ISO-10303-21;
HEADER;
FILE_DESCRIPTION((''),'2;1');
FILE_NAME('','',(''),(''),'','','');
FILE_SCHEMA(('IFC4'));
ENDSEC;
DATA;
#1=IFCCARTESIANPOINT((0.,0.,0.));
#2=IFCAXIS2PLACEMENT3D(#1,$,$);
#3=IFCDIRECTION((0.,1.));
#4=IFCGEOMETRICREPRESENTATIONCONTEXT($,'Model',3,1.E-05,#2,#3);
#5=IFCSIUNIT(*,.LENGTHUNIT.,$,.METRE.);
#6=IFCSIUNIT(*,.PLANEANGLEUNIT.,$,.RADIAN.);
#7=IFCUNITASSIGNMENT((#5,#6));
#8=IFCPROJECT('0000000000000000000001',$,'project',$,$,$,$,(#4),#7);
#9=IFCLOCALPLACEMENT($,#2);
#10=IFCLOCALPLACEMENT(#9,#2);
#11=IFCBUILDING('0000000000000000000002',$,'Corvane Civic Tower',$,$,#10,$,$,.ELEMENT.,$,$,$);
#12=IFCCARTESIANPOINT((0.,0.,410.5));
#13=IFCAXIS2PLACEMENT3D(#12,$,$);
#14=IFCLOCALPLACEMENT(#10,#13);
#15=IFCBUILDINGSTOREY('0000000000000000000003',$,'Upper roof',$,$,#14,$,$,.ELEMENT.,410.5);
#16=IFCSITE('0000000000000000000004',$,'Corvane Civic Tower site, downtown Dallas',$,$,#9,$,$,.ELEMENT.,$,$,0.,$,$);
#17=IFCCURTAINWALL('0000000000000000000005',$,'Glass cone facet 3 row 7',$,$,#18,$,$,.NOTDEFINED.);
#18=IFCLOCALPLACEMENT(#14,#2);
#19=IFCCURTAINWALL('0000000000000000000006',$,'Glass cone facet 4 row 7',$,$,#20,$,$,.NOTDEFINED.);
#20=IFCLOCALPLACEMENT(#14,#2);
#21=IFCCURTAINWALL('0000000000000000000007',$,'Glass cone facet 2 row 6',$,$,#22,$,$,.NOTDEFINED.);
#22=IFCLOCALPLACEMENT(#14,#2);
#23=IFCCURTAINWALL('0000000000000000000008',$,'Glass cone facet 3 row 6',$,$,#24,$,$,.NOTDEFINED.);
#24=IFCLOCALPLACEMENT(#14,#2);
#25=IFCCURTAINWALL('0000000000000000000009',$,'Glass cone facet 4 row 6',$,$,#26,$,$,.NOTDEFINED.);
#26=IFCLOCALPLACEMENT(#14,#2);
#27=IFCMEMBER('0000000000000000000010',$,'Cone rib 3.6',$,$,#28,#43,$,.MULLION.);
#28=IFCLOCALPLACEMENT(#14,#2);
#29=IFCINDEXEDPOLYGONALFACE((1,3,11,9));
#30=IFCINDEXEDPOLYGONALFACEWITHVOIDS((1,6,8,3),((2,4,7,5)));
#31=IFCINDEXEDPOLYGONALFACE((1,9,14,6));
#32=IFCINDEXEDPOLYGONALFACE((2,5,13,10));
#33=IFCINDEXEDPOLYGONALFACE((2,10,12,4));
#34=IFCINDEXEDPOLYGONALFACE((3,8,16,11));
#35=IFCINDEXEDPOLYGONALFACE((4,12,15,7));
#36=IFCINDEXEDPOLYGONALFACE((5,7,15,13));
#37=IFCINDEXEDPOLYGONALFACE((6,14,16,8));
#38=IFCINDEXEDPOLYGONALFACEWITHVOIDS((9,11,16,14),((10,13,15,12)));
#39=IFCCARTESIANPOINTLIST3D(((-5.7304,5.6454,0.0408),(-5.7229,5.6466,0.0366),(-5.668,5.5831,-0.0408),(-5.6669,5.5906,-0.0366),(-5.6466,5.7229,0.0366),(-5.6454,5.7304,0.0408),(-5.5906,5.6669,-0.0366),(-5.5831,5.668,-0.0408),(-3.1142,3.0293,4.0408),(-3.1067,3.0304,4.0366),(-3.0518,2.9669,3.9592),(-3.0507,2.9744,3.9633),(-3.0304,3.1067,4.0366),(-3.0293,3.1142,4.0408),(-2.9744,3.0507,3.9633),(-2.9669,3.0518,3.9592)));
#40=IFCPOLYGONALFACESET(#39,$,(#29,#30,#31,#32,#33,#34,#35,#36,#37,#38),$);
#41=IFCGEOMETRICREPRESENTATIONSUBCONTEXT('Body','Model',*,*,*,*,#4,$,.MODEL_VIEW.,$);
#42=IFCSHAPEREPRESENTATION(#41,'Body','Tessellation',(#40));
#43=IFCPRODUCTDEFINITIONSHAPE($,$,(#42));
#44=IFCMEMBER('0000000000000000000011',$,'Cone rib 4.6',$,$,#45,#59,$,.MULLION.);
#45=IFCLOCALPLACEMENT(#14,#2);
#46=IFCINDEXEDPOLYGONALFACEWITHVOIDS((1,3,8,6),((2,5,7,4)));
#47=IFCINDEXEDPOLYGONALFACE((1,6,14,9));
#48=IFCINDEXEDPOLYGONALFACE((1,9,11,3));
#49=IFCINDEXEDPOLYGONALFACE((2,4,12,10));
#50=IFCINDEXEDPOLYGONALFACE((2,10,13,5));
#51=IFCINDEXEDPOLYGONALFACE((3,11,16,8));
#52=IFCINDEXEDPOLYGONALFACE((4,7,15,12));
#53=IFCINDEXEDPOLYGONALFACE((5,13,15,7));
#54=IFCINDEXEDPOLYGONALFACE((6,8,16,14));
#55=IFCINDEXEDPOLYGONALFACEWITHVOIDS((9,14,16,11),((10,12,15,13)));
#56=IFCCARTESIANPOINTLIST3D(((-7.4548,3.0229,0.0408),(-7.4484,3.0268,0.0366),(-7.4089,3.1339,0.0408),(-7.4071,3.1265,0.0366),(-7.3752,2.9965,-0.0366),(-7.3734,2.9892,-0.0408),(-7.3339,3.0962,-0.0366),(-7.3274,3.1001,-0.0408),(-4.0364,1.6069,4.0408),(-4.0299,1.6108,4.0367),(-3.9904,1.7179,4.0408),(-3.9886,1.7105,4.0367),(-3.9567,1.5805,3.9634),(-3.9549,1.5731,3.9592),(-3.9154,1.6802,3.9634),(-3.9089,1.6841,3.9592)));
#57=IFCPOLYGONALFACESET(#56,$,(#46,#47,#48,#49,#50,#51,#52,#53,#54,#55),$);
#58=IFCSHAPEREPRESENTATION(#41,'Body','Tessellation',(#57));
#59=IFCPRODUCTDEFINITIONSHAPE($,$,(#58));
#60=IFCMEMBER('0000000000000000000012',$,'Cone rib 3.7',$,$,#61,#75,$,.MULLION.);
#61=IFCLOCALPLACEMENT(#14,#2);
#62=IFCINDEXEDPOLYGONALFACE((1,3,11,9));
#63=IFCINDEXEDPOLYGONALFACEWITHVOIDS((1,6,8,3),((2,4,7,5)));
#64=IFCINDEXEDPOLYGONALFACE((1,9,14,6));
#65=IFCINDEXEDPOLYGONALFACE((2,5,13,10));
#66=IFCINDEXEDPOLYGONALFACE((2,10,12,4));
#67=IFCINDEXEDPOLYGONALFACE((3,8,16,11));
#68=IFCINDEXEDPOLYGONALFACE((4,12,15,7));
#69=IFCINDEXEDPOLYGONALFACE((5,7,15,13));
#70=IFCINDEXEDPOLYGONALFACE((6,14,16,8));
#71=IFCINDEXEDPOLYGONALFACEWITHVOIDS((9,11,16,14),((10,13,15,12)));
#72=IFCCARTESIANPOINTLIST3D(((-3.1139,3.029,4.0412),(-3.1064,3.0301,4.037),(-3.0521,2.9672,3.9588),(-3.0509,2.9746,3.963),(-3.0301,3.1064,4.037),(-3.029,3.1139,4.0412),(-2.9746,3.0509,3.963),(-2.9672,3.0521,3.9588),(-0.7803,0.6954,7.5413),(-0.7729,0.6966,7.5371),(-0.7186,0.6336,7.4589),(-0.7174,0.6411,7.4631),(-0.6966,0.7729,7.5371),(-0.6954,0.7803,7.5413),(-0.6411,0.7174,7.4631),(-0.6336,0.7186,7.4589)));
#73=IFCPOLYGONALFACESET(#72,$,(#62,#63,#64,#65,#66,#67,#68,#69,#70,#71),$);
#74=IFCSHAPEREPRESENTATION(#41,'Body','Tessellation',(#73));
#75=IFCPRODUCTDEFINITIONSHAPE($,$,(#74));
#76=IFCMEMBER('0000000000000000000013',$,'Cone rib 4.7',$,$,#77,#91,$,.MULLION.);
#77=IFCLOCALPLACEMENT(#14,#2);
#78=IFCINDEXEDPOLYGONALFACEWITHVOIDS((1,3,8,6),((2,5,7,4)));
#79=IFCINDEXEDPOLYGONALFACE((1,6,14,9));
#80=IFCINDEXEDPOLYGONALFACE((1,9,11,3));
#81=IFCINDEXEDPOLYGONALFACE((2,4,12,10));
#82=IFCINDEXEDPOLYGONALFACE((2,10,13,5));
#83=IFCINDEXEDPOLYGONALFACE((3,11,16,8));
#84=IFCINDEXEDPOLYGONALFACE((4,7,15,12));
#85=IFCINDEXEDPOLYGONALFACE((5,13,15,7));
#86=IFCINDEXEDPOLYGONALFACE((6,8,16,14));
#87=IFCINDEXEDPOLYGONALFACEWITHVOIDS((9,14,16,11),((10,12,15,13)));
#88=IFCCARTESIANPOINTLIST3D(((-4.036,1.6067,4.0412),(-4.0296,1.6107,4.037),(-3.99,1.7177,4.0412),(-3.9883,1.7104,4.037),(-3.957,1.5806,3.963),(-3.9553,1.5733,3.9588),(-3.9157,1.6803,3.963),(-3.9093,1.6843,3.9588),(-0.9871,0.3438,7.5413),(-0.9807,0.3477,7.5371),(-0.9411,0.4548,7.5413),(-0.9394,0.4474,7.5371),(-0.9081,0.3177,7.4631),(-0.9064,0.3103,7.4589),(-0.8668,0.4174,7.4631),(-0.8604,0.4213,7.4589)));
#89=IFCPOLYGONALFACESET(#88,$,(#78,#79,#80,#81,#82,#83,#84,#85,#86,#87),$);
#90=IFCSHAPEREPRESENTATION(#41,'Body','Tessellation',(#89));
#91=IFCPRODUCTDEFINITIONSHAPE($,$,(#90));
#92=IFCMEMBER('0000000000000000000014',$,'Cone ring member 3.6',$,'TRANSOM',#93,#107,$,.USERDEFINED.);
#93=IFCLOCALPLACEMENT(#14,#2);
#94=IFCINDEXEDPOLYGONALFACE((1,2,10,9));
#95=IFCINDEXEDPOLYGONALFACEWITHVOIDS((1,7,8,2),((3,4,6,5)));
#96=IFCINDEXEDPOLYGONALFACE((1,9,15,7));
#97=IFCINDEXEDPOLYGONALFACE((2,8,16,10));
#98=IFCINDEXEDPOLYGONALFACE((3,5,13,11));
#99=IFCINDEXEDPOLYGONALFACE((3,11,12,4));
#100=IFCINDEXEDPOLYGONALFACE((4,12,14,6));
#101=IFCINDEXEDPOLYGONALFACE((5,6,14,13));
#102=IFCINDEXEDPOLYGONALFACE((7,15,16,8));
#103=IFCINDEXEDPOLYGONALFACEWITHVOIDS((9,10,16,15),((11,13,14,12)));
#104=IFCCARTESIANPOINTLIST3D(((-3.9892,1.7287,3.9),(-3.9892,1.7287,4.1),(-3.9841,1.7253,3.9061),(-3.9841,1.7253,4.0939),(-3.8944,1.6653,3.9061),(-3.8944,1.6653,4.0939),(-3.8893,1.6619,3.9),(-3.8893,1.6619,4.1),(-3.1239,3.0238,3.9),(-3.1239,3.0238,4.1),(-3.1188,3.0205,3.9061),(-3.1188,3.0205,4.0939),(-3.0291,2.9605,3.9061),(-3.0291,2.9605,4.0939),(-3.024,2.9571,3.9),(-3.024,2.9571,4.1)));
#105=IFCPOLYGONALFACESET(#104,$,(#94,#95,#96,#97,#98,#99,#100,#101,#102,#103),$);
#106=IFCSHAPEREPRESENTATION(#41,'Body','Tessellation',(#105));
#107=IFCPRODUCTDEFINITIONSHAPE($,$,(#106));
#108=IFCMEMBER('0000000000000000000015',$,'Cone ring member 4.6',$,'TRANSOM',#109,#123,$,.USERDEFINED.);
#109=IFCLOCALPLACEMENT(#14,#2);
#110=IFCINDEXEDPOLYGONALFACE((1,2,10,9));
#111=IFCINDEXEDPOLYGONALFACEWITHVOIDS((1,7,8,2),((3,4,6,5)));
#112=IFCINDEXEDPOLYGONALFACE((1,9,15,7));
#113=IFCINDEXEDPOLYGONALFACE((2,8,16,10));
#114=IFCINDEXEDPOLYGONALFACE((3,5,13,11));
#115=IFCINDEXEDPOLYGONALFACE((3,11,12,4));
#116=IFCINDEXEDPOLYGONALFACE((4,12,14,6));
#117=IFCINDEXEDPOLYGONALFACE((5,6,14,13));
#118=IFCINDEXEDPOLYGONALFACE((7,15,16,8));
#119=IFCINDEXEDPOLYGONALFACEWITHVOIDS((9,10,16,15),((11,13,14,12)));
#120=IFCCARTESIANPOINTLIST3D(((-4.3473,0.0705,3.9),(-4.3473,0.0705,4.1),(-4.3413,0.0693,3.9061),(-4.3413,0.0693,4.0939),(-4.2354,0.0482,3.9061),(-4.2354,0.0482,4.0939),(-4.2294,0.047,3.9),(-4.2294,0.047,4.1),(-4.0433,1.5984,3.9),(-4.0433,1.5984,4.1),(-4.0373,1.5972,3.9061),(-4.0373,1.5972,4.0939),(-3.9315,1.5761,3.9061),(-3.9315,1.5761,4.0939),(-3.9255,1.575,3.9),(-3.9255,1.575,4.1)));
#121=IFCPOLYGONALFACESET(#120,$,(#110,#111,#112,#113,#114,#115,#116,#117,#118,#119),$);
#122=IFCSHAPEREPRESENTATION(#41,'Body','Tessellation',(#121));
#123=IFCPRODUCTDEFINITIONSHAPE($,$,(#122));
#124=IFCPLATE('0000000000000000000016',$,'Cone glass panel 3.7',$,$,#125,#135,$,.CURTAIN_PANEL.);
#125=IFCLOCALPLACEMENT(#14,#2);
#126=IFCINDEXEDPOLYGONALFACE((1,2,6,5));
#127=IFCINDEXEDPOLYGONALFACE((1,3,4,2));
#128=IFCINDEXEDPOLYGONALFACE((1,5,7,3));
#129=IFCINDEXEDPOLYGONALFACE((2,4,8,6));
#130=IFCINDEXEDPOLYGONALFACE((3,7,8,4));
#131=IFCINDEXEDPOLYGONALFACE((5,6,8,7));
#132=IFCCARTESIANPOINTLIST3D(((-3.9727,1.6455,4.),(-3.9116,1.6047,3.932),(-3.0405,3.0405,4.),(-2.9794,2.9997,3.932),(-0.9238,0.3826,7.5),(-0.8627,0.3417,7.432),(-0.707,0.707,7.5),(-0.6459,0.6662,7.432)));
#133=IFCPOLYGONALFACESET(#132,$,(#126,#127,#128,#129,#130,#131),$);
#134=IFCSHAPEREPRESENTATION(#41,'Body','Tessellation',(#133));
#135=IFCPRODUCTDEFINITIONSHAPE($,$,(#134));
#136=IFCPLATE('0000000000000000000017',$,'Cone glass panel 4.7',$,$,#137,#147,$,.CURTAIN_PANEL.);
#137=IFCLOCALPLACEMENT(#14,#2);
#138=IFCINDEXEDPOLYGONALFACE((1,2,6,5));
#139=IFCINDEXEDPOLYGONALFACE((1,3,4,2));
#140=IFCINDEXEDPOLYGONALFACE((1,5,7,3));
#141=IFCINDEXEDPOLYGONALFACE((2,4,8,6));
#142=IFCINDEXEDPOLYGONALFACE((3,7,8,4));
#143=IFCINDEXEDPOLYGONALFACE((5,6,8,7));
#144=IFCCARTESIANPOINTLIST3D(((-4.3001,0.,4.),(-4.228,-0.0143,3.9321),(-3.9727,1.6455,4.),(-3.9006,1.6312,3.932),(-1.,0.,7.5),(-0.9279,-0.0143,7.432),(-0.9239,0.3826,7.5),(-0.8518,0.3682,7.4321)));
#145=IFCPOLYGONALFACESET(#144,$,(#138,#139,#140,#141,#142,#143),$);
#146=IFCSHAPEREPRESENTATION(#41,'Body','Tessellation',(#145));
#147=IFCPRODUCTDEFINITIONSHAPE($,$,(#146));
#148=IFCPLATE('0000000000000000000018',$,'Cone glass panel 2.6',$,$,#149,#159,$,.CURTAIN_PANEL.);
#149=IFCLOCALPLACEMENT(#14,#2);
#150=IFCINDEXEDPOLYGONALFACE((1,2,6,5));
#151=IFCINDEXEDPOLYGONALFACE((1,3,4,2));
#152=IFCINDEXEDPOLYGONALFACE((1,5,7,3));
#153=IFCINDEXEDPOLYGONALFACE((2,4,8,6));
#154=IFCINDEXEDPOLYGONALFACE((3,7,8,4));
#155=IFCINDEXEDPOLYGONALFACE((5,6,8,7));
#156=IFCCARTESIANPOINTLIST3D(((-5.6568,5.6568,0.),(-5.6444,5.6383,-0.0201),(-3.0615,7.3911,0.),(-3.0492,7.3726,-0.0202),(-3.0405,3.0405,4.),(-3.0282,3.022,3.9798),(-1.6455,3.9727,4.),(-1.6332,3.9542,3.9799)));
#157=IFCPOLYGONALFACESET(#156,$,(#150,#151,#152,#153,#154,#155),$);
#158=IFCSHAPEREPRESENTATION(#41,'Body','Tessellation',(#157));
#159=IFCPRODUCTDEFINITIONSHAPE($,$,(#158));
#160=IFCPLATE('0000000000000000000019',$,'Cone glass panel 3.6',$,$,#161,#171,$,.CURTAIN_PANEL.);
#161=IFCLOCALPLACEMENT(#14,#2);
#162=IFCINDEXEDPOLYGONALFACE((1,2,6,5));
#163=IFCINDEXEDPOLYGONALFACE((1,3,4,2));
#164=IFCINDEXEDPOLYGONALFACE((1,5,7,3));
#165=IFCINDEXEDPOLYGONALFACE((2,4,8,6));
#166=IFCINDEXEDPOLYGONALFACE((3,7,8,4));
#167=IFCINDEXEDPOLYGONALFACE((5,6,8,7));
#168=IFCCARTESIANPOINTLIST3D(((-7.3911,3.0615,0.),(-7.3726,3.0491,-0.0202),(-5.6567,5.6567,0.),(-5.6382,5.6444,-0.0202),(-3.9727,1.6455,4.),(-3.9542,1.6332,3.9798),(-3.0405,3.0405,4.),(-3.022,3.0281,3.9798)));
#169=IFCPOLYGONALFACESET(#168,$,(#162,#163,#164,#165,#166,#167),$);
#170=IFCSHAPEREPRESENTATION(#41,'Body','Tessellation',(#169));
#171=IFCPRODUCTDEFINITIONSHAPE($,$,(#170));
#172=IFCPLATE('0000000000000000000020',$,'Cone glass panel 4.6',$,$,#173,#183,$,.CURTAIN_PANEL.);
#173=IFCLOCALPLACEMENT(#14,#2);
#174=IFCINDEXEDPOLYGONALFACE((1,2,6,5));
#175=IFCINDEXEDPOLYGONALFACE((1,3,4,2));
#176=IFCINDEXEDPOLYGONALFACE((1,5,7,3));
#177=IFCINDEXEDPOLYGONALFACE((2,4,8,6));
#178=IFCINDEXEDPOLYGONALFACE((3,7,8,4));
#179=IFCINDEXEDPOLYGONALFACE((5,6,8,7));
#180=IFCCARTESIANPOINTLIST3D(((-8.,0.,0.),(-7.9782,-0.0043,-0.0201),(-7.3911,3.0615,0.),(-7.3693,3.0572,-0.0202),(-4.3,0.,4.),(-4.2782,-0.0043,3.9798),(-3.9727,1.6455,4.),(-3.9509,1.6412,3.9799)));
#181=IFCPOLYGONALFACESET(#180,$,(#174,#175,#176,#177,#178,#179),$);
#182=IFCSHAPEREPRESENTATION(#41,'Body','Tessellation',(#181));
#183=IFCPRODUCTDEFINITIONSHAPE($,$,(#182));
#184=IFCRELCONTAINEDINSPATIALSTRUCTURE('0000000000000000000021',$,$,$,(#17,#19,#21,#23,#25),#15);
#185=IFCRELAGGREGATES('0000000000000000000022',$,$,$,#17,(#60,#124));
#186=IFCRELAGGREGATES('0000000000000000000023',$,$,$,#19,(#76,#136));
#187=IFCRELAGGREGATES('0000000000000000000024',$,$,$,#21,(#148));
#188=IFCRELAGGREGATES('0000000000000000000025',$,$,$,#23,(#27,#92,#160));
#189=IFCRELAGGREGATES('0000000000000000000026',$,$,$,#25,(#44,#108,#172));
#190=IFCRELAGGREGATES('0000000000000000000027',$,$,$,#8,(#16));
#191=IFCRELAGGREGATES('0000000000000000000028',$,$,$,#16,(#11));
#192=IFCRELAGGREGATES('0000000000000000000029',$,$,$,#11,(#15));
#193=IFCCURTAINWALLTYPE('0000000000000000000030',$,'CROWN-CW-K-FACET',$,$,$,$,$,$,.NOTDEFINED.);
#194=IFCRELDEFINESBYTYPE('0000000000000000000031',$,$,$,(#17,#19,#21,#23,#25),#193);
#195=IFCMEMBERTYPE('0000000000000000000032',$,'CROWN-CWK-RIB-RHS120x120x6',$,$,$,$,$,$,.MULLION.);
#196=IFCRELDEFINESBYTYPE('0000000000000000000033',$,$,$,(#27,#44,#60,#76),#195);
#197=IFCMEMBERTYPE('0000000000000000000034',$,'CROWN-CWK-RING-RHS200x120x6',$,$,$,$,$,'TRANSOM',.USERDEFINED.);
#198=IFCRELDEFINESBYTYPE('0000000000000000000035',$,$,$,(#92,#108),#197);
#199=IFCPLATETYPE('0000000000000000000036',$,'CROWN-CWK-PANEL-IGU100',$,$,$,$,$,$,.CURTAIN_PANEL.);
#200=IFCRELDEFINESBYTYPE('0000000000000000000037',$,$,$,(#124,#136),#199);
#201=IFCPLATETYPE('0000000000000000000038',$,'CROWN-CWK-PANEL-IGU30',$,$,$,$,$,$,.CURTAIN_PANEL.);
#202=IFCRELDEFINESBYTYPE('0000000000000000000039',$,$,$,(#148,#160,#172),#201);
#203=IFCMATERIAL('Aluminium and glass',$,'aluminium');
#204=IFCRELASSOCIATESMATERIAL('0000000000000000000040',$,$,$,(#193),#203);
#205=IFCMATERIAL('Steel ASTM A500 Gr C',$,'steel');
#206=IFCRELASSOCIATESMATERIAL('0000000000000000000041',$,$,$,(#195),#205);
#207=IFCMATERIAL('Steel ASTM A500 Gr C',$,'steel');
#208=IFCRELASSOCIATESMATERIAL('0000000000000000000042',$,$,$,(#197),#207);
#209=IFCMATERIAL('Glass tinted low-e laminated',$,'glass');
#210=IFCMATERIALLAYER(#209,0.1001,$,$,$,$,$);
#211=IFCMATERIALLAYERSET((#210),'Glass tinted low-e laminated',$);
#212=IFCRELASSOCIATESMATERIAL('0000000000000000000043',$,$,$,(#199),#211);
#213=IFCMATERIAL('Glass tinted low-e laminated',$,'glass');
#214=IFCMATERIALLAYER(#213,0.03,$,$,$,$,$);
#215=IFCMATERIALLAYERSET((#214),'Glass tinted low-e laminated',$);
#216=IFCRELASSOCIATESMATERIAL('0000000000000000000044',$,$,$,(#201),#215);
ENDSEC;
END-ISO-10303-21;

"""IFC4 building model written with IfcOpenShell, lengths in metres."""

from ifc_helpers import new_model, si_unit, direction, frame, origin, origin_2d, place, context, subcontext, project, spatial, polyline, hollow_rectangle, outline, extrude, material, layer, layer_set, material_profile, profile_set, type_object, element, aggregate, save


model = new_model("IFC4")

# Units and contexts
model_context = context("Model", 3, precision=1e-05, world=origin(), true_north=direction((0.0, 1.0)))
body_context = subcontext(model_context, "Body", "Model", "MODEL_VIEW")
ifc_project = project(units=[si_unit("LENGTHUNIT", "METRE"), si_unit("PLANEANGLEUNIT", "RADIAN")], contexts=[model_context])

# Site, building, storey
site_placement = place(None, origin())
site = spatial("IfcSite", under=ifc_project, at=site_placement, Name="Corvane Civic Tower site, downtown Dallas", CompositionType="ELEMENT", RefElevation=0.0)
building_placement = place(site_placement, origin())
building = spatial("IfcBuilding", under=site, at=building_placement, Name="Corvane Civic Tower", CompositionType="ELEMENT")
storey_placement = place(building_placement, frame((0.0, 0.0, 410.5)))
storey = spatial("IfcBuildingStorey", under=building, at=storey_placement, Name="Upper roof", CompositionType="ELEMENT", Elevation=410.5)

# Curtain walls
ifc_material_1 = material(Name="Aluminium and glass", Category="aluminium")
curtain_wall_type = type_object("IfcCurtainWallType", Name="CROWN-CW-K-FACET", PredefinedType="NOTDEFINED", material=ifc_material_1)
curtain_wall_1_placement = place(storey_placement, origin())
curtain_wall_1 = element("IfcCurtainWall", 1, at=curtain_wall_1_placement, inside=storey, type_object=curtain_wall_type, Name="Glass cone facet 3 row 7", PredefinedType="NOTDEFINED")
curtain_wall_2_placement = place(storey_placement, origin())
curtain_wall_2 = element("IfcCurtainWall", 2, at=curtain_wall_2_placement, inside=storey, type_object=curtain_wall_type, Name="Glass cone facet 4 row 7", PredefinedType="NOTDEFINED")

# Curtain walls
curtain_wall_3_placement = place(storey_placement, origin())
curtain_wall_3 = element("IfcCurtainWall", 3, at=curtain_wall_3_placement, inside=storey, type_object=curtain_wall_type, Name="Glass cone facet 2 row 6", PredefinedType="NOTDEFINED")
curtain_wall_4_placement = place(storey_placement, origin())
curtain_wall_4 = element("IfcCurtainWall", 4, at=curtain_wall_4_placement, inside=storey, type_object=curtain_wall_type, Name="Glass cone facet 3 row 6", PredefinedType="NOTDEFINED")
curtain_wall_5_placement = place(storey_placement, origin())
curtain_wall_5 = element("IfcCurtainWall", 5, at=curtain_wall_5_placement, inside=storey, type_object=curtain_wall_type, Name="Glass cone facet 4 row 6", PredefinedType="NOTDEFINED")

# Members
ifc_material_2 = material(Name="Steel ASTM A500 Gr C", Category="steel")
ifc_material_profile_1 = material_profile(ifc_material_2, hollow_rectangle(XDim=0.1201, YDim=0.1201, WallThickness=0.0061, at=origin_2d()), Name="RHS 120x120x6")
ifc_profile_set_1 = profile_set([ifc_material_profile_1], Name="Steel ASTM A500 Gr C")
member_type_1 = type_object("IfcMemberType", Name="CROWN-CWK-RIB-RHS120x120x6", PredefinedType="MULLION", material=ifc_profile_set_1)
member_1_placement = place(storey_placement, frame((-5.6567, 5.6567, 0.0), z_axis=(0.480147, -0.480147, 0.73411), x_axis=(0.707107, 0.707107, 0.0)))
member_1 = element("IfcMember", 6, at=member_1_placement, type_object=member_type_1, Name="Cone rib 3.6", PredefinedType="MULLION", context=body_context, shape_type="SweptSolid", body=[
    extrude(hollow_rectangle(XDim=0.1201, YDim=0.1201, WallThickness=0.0061, at=origin_2d()), origin(), (0.0, 0.0, 1.0), 5.4487),
])
member_2_placement = place(storey_placement, frame((-7.3911, 3.0615, 0.0), z_axis=(0.627362, -0.25987, 0.734088), x_axis=(0.382694, 0.923875, 0.0)))
member_2 = element("IfcMember", 7, at=member_2_placement, type_object=member_type_1, Name="Cone rib 4.6", PredefinedType="MULLION", context=body_context, shape_type="SweptSolid", body=[
    extrude(hollow_rectangle(XDim=0.1201, YDim=0.1201, WallThickness=0.0061, at=origin_2d()), origin(), (0.0, 0.0, 1.0), 5.449),
])
member_3_placement = place(storey_placement, frame((-3.0405, 3.0405, 4.0), z_axis=(0.485089, -0.485089, 0.727583), x_axis=(0.707107, 0.707107, 0.0)))
member_3 = element("IfcMember", 8, at=member_3_placement, type_object=member_type_1, Name="Cone rib 3.7", PredefinedType="MULLION", context=body_context, shape_type="SweptSolid", body=[
    extrude(hollow_rectangle(XDim=0.1201, YDim=0.1201, WallThickness=0.0061, at=origin_2d()), origin(), (0.0, 0.0, 1.0), 4.8105),
])
member_4_placement = place(storey_placement, frame((-3.9727, 1.6455, 4.0), z_axis=(0.633794, -0.262541, 0.727584), x_axis=(0.382702, 0.923872, 0.0)))
member_4 = element("IfcMember", 9, at=member_4_placement, type_object=member_type_1, Name="Cone rib 4.7", PredefinedType="MULLION", context=body_context, shape_type="SweptSolid", body=[
    extrude(hollow_rectangle(XDim=0.1201, YDim=0.1201, WallThickness=0.0061, at=origin_2d()), origin(), (0.0, 0.0, 1.0), 4.8105),
])
ifc_material_3 = material(Name="Steel ASTM A500 Gr C", Category="steel")
ifc_material_profile_2 = material_profile(ifc_material_3, hollow_rectangle(XDim=0.1201, YDim=0.2, WallThickness=0.0061, at=origin_2d()), Name="RHS 200x120x6")
ifc_profile_set_2 = profile_set([ifc_material_profile_2], Name="Steel ASTM A500 Gr C")
member_type_2 = type_object("IfcMemberType", Name="CROWN-CWK-RING-RHS200x120x6", ElementType="TRANSOM", PredefinedType="USERDEFINED", material=ifc_profile_set_2)
member_5_placement = place(storey_placement, frame((-3.074, 2.9905, 4.0), z_axis=(-0.555496, -0.831519, 0.0), x_axis=(0.831519, -0.555496, 0.0)))
member_5 = element("IfcMember", 10, at=member_5_placement, type_object=member_type_2, Name="Cone ring member 3.6", ObjectType="TRANSOM", PredefinedType="USERDEFINED", context=body_context, shape_type="SweptSolid", body=[
    extrude(hollow_rectangle(XDim=0.1201, YDim=0.2, WallThickness=0.0061, at=origin_2d()), origin(), (0.0, 0.0, 1.0), 1.5576),
])
member_6_placement = place(storey_placement, frame((-3.9844, 1.5867, 4.0), z_axis=(-0.195121, -0.980779, 0.0), x_axis=(0.980779, -0.195121, 0.0)))
member_6 = element("IfcMember", 11, at=member_6_placement, type_object=member_type_2, Name="Cone ring member 4.6", ObjectType="TRANSOM", PredefinedType="USERDEFINED", context=body_context, shape_type="SweptSolid", body=[
    extrude(hollow_rectangle(XDim=0.1201, YDim=0.2, WallThickness=0.0061, at=origin_2d()), origin(), (0.0, 0.0, 1.0), 1.5579),
])

# Plates
ifc_material_4 = material(Name="Glass tinted low-e laminated", Category="glass")
ifc_layer_1 = layer(ifc_material_4, 0.1001)
ifc_layer_set_1 = layer_set([ifc_layer_1], Name="Glass tinted low-e laminated")
plate_type_1 = type_object("IfcPlateType", Name="CROWN-CWK-PANEL-IGU100", PredefinedType="CURTAIN_PANEL", material=ifc_layer_set_1)
plate_1_placement = place(storey_placement, frame((-3.0405, 3.0405, 4.0), z_axis=(-0.610454, 0.407894, 0.678947), x_axis=(-0.555572, -0.831468, -0.000001)))
plate_1 = element("IfcPlate", 12, at=plate_1_placement, type_object=plate_type_1, Name="Cone glass panel 3.7", PredefinedType="CURTAIN_PANEL", context=body_context, shape_type="SweptSolid", body=[
    extrude(outline(polyline([(0.0, 0.0), (1.6778, 0.0), (1.034, 4.7672), (0.6438, 4.7672), (0.0, 0.0)])), origin(), (0.0, 0.0, -1.0), 0.1001),
])
aggregate(curtain_wall_1, [member_3, plate_1])
plate_2_placement = place(storey_placement, frame((-3.9727, 1.6455, 4.0), z_axis=(-0.720072, 0.143286, 0.678944), x_axis=(-0.195151, -0.980773, 0.000013)))
plate_2 = element("IfcPlate", 13, at=plate_2_placement, type_object=plate_type_1, Name="Cone glass panel 4.7", PredefinedType="CURTAIN_PANEL", context=body_context, shape_type="SweptSolid", body=[
    extrude(outline(polyline([(0.0, 0.0), (1.6778, 0.0), (1.0338, 4.7671), (0.6437, 4.7672), (0.0, 0.0)])), origin(), (0.0, 0.0, -1.0), 0.1001),
])
aggregate(curtain_wall_2, [member_4, plate_2])
ifc_material_5 = material(Name="Glass tinted low-e laminated", Category="glass")
ifc_layer_2 = layer(ifc_material_5, 0.03)
ifc_layer_set_2 = layer_set([ifc_layer_2], Name="Glass tinted low-e laminated")
plate_type_2 = type_object("IfcPlateType", Name="CROWN-CWK-PANEL-IGU30", PredefinedType="CURTAIN_PANEL", material=ifc_layer_set_2)
plate_3_placement = place(storey_placement, frame((-3.0615, 7.3911, 0.0), z_axis=(-0.411503, 0.615786, 0.671917), x_axis=(-0.831432, -0.555626, 0.000014)))
plate_3 = element("IfcPlate", 14, at=plate_3_placement, type_object=plate_type_2, Name="Cone glass panel 2.6", PredefinedType="CURTAIN_PANEL", context=body_context, shape_type="SweptSolid", body=[
    extrude(outline(polyline([(0.0, 0.0), (3.1214, 0.0), (2.3999, 5.4008), (0.7221, 5.4009), (0.0, 0.0)])), origin(), (0.0, 0.0, -1.0), 0.03),
])
aggregate(curtain_wall_3, [plate_3])
plate_4_placement = place(storey_placement, frame((-5.6567, 5.6567, 0.0), z_axis=(-0.615786, 0.411503, 0.671917), x_axis=(-0.555626, -0.831432, -0.000014)))
plate_4 = element("IfcPlate", 15, at=plate_4_placement, type_object=plate_type_2, Name="Cone glass panel 3.6", PredefinedType="CURTAIN_PANEL", context=body_context, shape_type="SweptSolid", body=[
    extrude(outline(polyline([(0.0, 0.0), (3.1214, 0.0), (2.3993, 5.4009), (0.7215, 5.4008), (0.0, 0.0)])), origin(), (0.0, 0.0, -1.0), 0.03),
])
aggregate(curtain_wall_4, [member_1, member_5, plate_4])
plate_5_placement = place(storey_placement, frame((-7.3911, 3.0615, 0.0), z_axis=(-0.726393, 0.144487, 0.67192), x_axis=(-0.195077, -0.980788, 0.000013)))
plate_5 = element("IfcPlate", 16, at=plate_5_placement, type_object=plate_type_2, Name="Cone glass panel 4.6", PredefinedType="CURTAIN_PANEL", context=body_context, shape_type="SweptSolid", body=[
    extrude(outline(polyline([(0.0, 0.0), (3.1215, 0.0), (2.3998, 5.4008), (0.722, 5.4009), (0.0, 0.0)])), origin(), (0.0, 0.0, -1.0), 0.03),
])
aggregate(curtain_wall_5, [member_2, member_6, plate_5])

save(model, "model.ifc")
